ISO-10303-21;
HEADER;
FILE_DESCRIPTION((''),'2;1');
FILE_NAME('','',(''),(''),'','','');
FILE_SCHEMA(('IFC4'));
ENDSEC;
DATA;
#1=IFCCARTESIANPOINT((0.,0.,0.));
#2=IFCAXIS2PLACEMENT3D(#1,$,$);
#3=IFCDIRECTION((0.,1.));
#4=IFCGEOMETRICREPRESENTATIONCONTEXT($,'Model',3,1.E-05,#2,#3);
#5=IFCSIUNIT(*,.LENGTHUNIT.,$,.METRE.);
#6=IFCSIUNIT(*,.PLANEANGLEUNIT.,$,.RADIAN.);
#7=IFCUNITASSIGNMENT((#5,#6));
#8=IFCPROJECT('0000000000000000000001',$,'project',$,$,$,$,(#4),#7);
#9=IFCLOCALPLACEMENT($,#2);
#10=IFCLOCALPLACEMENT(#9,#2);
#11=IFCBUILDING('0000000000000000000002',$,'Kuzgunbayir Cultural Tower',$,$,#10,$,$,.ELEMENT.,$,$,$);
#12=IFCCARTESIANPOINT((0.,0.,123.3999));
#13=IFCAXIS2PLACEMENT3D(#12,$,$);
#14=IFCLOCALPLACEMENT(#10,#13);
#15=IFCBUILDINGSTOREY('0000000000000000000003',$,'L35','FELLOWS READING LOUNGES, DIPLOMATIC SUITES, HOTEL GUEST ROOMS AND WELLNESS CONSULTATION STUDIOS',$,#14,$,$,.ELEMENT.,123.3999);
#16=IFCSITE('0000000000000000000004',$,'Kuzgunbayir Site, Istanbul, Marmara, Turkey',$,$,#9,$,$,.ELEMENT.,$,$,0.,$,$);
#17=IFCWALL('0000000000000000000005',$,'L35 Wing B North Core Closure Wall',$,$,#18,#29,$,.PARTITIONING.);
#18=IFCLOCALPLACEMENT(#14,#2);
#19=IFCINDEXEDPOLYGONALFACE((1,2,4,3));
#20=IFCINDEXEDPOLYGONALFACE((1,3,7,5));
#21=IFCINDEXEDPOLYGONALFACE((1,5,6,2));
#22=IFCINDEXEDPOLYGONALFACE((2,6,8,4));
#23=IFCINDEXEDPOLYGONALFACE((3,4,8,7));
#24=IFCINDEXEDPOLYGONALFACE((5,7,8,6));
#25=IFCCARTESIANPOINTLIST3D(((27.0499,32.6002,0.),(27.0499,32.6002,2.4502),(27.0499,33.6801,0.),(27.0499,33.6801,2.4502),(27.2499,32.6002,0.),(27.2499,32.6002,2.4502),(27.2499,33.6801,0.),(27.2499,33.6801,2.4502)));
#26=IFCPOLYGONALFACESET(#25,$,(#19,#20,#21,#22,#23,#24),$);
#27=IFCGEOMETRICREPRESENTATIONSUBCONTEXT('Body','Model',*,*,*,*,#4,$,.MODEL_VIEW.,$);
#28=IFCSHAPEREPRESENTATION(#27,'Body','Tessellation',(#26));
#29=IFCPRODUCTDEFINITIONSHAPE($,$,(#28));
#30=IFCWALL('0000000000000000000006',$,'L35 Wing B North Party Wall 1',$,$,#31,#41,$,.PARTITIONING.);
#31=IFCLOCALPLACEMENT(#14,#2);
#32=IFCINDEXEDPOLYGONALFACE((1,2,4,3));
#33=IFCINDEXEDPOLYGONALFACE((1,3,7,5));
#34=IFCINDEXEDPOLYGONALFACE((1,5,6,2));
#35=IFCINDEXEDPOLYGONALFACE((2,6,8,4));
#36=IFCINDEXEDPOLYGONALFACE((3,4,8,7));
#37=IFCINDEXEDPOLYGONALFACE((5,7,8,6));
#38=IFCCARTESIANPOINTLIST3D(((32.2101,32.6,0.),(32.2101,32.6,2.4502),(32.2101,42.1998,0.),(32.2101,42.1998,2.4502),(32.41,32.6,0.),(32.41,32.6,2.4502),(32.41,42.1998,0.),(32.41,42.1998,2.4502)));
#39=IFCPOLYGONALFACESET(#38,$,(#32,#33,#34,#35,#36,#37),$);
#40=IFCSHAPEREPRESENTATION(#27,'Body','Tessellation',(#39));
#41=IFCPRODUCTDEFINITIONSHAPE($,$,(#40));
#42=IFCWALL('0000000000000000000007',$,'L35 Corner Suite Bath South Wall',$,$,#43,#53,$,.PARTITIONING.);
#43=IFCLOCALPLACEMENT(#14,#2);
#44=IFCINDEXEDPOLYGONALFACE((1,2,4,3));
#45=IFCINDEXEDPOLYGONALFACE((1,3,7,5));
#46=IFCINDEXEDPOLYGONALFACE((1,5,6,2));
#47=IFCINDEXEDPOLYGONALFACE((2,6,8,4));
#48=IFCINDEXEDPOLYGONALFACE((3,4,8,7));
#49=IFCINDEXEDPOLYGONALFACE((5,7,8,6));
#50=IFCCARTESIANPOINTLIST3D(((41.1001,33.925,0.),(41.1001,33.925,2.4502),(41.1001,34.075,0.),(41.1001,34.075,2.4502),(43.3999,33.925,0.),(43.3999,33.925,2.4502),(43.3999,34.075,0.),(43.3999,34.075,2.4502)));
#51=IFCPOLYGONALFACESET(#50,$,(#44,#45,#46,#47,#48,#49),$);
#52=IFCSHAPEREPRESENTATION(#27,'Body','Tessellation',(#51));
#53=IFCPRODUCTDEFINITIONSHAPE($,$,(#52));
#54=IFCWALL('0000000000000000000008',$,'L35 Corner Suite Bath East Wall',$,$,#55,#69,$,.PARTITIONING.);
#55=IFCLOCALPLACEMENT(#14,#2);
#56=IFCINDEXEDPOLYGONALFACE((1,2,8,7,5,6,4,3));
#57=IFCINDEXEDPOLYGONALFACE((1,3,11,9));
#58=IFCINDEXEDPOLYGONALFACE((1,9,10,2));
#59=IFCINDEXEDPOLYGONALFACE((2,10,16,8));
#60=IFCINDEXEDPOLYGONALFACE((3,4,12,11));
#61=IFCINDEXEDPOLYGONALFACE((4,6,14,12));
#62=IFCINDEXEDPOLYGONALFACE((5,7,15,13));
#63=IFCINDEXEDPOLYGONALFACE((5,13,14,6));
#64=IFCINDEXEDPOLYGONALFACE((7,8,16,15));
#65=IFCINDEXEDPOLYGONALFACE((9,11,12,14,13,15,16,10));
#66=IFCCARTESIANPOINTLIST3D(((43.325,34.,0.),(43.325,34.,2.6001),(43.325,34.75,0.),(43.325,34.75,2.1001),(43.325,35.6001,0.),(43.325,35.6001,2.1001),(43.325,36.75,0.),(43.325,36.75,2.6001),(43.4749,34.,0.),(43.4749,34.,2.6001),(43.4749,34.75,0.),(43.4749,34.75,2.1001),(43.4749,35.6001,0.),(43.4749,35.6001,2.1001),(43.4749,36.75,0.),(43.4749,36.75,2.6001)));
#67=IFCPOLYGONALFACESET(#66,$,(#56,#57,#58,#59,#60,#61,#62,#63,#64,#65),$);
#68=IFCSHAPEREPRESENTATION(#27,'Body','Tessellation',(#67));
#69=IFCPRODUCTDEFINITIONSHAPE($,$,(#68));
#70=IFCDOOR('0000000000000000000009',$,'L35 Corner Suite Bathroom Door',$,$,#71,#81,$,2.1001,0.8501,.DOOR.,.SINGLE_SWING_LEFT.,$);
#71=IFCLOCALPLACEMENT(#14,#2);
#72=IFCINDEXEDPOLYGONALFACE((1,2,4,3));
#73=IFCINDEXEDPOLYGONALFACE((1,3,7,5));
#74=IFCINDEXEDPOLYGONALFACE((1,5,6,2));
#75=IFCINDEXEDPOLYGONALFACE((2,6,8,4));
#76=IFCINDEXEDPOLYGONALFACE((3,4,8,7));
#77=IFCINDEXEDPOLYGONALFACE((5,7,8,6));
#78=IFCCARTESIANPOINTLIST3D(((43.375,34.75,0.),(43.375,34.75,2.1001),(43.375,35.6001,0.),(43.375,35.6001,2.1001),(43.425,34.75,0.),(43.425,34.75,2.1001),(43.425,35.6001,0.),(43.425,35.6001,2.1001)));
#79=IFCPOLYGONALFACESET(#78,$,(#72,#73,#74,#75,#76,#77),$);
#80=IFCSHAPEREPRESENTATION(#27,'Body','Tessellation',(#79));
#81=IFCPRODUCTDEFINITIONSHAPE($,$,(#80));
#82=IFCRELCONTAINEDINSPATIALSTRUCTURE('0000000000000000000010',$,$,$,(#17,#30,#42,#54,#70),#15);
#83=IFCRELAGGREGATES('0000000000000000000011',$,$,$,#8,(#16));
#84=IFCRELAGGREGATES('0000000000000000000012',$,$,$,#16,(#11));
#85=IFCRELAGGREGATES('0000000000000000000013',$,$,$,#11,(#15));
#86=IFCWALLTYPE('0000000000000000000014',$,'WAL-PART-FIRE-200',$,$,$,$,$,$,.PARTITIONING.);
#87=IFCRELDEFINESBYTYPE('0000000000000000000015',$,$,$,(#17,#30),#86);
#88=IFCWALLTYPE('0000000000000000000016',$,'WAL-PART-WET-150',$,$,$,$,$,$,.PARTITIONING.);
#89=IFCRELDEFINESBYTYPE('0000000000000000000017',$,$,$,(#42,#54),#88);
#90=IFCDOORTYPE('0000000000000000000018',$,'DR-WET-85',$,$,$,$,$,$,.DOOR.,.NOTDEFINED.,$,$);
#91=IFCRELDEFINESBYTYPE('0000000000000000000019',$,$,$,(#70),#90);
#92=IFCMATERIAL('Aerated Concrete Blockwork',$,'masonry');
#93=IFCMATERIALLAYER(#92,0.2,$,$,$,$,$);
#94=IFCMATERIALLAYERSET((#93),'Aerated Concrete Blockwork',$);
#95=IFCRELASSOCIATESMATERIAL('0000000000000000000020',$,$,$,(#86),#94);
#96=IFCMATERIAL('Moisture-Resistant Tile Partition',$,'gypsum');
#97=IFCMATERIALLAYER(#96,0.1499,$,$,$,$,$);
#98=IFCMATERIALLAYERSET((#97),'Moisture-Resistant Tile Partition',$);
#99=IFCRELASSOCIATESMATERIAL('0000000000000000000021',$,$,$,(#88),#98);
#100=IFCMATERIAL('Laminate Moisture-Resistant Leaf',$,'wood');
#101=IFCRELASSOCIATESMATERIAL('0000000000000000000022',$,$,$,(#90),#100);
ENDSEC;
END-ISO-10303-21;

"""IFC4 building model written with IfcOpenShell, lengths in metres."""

from ifc_helpers import new_model, si_unit, direction, frame, frame_2d, origin, place, context, subcontext, project, spatial, rectangle, extrude, material, layer, layer_set, type_object, element, fill, save


model = new_model("IFC4")

# Units and contexts
model_context = context("Model", 3, precision=1e-05, world=origin(), true_north=direction((0.0, 1.0)))
body_context = subcontext(model_context, "Body", "Model", "MODEL_VIEW")
ifc_project = project(units=[si_unit("LENGTHUNIT", "METRE"), si_unit("PLANEANGLEUNIT", "RADIAN")], contexts=[model_context])

# Site, building, storey
site_placement = place(None, origin())
site = spatial("IfcSite", under=ifc_project, at=site_placement, Name="Kuzgunbayir Site, Istanbul, Marmara, Turkey", CompositionType="ELEMENT", RefElevation=0.0)
building_placement = place(site_placement, origin())
building = spatial("IfcBuilding", under=site, at=building_placement, Name="Kuzgunbayir Cultural Tower", CompositionType="ELEMENT")
storey_placement = place(building_placement, frame((0.0, 0.0, 123.3999)))
storey = spatial("IfcBuildingStorey", under=building, at=storey_placement, Name="L35", Description="FELLOWS READING LOUNGES, DIPLOMATIC SUITES, HOTEL GUEST ROOMS AND WELLNESS CONSULTATION STUDIOS", CompositionType="ELEMENT", Elevation=123.3999)

# Shared definitions
ifc_material_1 = material(Name="Aerated Concrete Blockwork", Category="masonry")
ifc_layer_1 = layer(ifc_material_1, 0.2)
ifc_layer_set_1 = layer_set([ifc_layer_1], Name="Aerated Concrete Blockwork")
wall_type_1 = type_object("IfcWallType", Name="WAL-PART-FIRE-200", PredefinedType="PARTITIONING", material=ifc_layer_set_1)

# Walls
wall_1_placement = place(storey_placement, frame((27.1499, 32.6001, 0.0), z_axis=(0.0, 0.0, 1.0), x_axis=(0.0, 1.0, 0.0)))
element("IfcWall", 1, at=wall_1_placement, inside=storey, type_object=wall_type_1, Name="L35 Wing B North Core Closure Wall", PredefinedType="PARTITIONING", context=body_context, shape_type="SweptSolid", body=[
    extrude(rectangle(XDim=1.0798, YDim=0.2, at=frame_2d((0.54, 0.0))), origin(), (0.0, 0.0, 1.0), 2.4502),
])
wall_2_placement = place(storey_placement, frame((32.3101, 32.6001, 0.0), z_axis=(0.0, 0.0, 1.0), x_axis=(0.0, 1.0, 0.0)))
element("IfcWall", 2, at=wall_2_placement, inside=storey, type_object=wall_type_1, Name="L35 Wing B North Party Wall 1", PredefinedType="PARTITIONING", context=body_context, shape_type="SweptSolid", body=[
    extrude(rectangle(XDim=9.5999, YDim=0.2, at=frame_2d((4.7998, 0.0))), origin(), (0.0, 0.0, 1.0), 2.4502),
])
ifc_material_2 = material(Name="Moisture-Resistant Tile Partition", Category="gypsum")
ifc_layer_2 = layer(ifc_material_2, 0.1499)
ifc_layer_set_2 = layer_set([ifc_layer_2], Name="Moisture-Resistant Tile Partition")
wall_type_2 = type_object("IfcWallType", Name="WAL-PART-WET-150", PredefinedType="PARTITIONING", material=ifc_layer_set_2)
wall_3_placement = place(storey_placement, frame((41.1001, 34.0, 0.0), z_axis=(0.0, 0.0, 1.0), x_axis=(1.0, 0.0, 0.0)))
element("IfcWall", 3, at=wall_3_placement, inside=storey, type_object=wall_type_2, Name="L35 Corner Suite Bath South Wall", PredefinedType="PARTITIONING", context=body_context, shape_type="SweptSolid", body=[
    extrude(rectangle(XDim=2.2998, YDim=0.1499, at=frame_2d((1.1499, 0.0))), origin(), (0.0, 0.0, 1.0), 2.4502),
])

# Wall, opening, door
wall_4_placement = place(storey_placement, frame((43.3999, 34.0, 0.0), z_axis=(0.0, 0.0, 1.0), x_axis=(0.0, 1.0, 0.0)))
wall_4 = element("IfcWall", 4, at=wall_4_placement, inside=storey, type_object=wall_type_2, Name="L35 Corner Suite Bath East Wall", PredefinedType="PARTITIONING", context=body_context, shape_type="SweptSolid", body=[
    extrude(rectangle(XDim=2.75, YDim=0.1499, at=frame_2d((1.375, 0.0))), origin(), (0.0, 0.0, 1.0), 2.6001),
])
opening_1_placement = place(wall_4_placement, frame((0.75, 0.0, 0.0)))
opening_1 = element("IfcOpeningElement", 5, at=opening_1_placement, cuts=wall_4, PredefinedType="OPENING", context=body_context, shape_type="SweptSolid", body=[
    extrude(rectangle(XDim=0.8501, YDim=2.1001, at=frame_2d((0.425, 1.05))), frame((0.0, 0.085, 0.0), z_axis=(0.0, -1.0, 0.0), x_axis=(1.0, 0.0, 0.0)), (0.0, 0.0, 1.0), 0.1699),
])
ifc_material_3 = material(Name="Laminate Moisture-Resistant Leaf", Category="wood")
door_type_1 = type_object("IfcDoorType", Name="DR-WET-85", OperationType="NOTDEFINED", PredefinedType="DOOR", material=ifc_material_3)
door_1_placement = place(opening_1_placement, origin())
door_1 = element("IfcDoor", 6, at=door_1_placement, inside=storey, type_object=door_type_1, Name="L35 Corner Suite Bathroom Door", OperationType="SINGLE_SWING_LEFT", OverallHeight=2.1001, OverallWidth=0.8501, PredefinedType="DOOR", context=body_context, shape_type="SweptSolid", body=[
    extrude(rectangle(XDim=0.8501, YDim=2.1001, at=frame_2d((0.425, 1.05))), frame((0.0, 0.0249, 0.0), z_axis=(0.0, -1.0, 0.0), x_axis=(1.0, 0.0, 0.0)), (0.0, 0.0, 1.0), 0.05),
])
fill(opening_1, door_1)

save(model, "model.ifc")
